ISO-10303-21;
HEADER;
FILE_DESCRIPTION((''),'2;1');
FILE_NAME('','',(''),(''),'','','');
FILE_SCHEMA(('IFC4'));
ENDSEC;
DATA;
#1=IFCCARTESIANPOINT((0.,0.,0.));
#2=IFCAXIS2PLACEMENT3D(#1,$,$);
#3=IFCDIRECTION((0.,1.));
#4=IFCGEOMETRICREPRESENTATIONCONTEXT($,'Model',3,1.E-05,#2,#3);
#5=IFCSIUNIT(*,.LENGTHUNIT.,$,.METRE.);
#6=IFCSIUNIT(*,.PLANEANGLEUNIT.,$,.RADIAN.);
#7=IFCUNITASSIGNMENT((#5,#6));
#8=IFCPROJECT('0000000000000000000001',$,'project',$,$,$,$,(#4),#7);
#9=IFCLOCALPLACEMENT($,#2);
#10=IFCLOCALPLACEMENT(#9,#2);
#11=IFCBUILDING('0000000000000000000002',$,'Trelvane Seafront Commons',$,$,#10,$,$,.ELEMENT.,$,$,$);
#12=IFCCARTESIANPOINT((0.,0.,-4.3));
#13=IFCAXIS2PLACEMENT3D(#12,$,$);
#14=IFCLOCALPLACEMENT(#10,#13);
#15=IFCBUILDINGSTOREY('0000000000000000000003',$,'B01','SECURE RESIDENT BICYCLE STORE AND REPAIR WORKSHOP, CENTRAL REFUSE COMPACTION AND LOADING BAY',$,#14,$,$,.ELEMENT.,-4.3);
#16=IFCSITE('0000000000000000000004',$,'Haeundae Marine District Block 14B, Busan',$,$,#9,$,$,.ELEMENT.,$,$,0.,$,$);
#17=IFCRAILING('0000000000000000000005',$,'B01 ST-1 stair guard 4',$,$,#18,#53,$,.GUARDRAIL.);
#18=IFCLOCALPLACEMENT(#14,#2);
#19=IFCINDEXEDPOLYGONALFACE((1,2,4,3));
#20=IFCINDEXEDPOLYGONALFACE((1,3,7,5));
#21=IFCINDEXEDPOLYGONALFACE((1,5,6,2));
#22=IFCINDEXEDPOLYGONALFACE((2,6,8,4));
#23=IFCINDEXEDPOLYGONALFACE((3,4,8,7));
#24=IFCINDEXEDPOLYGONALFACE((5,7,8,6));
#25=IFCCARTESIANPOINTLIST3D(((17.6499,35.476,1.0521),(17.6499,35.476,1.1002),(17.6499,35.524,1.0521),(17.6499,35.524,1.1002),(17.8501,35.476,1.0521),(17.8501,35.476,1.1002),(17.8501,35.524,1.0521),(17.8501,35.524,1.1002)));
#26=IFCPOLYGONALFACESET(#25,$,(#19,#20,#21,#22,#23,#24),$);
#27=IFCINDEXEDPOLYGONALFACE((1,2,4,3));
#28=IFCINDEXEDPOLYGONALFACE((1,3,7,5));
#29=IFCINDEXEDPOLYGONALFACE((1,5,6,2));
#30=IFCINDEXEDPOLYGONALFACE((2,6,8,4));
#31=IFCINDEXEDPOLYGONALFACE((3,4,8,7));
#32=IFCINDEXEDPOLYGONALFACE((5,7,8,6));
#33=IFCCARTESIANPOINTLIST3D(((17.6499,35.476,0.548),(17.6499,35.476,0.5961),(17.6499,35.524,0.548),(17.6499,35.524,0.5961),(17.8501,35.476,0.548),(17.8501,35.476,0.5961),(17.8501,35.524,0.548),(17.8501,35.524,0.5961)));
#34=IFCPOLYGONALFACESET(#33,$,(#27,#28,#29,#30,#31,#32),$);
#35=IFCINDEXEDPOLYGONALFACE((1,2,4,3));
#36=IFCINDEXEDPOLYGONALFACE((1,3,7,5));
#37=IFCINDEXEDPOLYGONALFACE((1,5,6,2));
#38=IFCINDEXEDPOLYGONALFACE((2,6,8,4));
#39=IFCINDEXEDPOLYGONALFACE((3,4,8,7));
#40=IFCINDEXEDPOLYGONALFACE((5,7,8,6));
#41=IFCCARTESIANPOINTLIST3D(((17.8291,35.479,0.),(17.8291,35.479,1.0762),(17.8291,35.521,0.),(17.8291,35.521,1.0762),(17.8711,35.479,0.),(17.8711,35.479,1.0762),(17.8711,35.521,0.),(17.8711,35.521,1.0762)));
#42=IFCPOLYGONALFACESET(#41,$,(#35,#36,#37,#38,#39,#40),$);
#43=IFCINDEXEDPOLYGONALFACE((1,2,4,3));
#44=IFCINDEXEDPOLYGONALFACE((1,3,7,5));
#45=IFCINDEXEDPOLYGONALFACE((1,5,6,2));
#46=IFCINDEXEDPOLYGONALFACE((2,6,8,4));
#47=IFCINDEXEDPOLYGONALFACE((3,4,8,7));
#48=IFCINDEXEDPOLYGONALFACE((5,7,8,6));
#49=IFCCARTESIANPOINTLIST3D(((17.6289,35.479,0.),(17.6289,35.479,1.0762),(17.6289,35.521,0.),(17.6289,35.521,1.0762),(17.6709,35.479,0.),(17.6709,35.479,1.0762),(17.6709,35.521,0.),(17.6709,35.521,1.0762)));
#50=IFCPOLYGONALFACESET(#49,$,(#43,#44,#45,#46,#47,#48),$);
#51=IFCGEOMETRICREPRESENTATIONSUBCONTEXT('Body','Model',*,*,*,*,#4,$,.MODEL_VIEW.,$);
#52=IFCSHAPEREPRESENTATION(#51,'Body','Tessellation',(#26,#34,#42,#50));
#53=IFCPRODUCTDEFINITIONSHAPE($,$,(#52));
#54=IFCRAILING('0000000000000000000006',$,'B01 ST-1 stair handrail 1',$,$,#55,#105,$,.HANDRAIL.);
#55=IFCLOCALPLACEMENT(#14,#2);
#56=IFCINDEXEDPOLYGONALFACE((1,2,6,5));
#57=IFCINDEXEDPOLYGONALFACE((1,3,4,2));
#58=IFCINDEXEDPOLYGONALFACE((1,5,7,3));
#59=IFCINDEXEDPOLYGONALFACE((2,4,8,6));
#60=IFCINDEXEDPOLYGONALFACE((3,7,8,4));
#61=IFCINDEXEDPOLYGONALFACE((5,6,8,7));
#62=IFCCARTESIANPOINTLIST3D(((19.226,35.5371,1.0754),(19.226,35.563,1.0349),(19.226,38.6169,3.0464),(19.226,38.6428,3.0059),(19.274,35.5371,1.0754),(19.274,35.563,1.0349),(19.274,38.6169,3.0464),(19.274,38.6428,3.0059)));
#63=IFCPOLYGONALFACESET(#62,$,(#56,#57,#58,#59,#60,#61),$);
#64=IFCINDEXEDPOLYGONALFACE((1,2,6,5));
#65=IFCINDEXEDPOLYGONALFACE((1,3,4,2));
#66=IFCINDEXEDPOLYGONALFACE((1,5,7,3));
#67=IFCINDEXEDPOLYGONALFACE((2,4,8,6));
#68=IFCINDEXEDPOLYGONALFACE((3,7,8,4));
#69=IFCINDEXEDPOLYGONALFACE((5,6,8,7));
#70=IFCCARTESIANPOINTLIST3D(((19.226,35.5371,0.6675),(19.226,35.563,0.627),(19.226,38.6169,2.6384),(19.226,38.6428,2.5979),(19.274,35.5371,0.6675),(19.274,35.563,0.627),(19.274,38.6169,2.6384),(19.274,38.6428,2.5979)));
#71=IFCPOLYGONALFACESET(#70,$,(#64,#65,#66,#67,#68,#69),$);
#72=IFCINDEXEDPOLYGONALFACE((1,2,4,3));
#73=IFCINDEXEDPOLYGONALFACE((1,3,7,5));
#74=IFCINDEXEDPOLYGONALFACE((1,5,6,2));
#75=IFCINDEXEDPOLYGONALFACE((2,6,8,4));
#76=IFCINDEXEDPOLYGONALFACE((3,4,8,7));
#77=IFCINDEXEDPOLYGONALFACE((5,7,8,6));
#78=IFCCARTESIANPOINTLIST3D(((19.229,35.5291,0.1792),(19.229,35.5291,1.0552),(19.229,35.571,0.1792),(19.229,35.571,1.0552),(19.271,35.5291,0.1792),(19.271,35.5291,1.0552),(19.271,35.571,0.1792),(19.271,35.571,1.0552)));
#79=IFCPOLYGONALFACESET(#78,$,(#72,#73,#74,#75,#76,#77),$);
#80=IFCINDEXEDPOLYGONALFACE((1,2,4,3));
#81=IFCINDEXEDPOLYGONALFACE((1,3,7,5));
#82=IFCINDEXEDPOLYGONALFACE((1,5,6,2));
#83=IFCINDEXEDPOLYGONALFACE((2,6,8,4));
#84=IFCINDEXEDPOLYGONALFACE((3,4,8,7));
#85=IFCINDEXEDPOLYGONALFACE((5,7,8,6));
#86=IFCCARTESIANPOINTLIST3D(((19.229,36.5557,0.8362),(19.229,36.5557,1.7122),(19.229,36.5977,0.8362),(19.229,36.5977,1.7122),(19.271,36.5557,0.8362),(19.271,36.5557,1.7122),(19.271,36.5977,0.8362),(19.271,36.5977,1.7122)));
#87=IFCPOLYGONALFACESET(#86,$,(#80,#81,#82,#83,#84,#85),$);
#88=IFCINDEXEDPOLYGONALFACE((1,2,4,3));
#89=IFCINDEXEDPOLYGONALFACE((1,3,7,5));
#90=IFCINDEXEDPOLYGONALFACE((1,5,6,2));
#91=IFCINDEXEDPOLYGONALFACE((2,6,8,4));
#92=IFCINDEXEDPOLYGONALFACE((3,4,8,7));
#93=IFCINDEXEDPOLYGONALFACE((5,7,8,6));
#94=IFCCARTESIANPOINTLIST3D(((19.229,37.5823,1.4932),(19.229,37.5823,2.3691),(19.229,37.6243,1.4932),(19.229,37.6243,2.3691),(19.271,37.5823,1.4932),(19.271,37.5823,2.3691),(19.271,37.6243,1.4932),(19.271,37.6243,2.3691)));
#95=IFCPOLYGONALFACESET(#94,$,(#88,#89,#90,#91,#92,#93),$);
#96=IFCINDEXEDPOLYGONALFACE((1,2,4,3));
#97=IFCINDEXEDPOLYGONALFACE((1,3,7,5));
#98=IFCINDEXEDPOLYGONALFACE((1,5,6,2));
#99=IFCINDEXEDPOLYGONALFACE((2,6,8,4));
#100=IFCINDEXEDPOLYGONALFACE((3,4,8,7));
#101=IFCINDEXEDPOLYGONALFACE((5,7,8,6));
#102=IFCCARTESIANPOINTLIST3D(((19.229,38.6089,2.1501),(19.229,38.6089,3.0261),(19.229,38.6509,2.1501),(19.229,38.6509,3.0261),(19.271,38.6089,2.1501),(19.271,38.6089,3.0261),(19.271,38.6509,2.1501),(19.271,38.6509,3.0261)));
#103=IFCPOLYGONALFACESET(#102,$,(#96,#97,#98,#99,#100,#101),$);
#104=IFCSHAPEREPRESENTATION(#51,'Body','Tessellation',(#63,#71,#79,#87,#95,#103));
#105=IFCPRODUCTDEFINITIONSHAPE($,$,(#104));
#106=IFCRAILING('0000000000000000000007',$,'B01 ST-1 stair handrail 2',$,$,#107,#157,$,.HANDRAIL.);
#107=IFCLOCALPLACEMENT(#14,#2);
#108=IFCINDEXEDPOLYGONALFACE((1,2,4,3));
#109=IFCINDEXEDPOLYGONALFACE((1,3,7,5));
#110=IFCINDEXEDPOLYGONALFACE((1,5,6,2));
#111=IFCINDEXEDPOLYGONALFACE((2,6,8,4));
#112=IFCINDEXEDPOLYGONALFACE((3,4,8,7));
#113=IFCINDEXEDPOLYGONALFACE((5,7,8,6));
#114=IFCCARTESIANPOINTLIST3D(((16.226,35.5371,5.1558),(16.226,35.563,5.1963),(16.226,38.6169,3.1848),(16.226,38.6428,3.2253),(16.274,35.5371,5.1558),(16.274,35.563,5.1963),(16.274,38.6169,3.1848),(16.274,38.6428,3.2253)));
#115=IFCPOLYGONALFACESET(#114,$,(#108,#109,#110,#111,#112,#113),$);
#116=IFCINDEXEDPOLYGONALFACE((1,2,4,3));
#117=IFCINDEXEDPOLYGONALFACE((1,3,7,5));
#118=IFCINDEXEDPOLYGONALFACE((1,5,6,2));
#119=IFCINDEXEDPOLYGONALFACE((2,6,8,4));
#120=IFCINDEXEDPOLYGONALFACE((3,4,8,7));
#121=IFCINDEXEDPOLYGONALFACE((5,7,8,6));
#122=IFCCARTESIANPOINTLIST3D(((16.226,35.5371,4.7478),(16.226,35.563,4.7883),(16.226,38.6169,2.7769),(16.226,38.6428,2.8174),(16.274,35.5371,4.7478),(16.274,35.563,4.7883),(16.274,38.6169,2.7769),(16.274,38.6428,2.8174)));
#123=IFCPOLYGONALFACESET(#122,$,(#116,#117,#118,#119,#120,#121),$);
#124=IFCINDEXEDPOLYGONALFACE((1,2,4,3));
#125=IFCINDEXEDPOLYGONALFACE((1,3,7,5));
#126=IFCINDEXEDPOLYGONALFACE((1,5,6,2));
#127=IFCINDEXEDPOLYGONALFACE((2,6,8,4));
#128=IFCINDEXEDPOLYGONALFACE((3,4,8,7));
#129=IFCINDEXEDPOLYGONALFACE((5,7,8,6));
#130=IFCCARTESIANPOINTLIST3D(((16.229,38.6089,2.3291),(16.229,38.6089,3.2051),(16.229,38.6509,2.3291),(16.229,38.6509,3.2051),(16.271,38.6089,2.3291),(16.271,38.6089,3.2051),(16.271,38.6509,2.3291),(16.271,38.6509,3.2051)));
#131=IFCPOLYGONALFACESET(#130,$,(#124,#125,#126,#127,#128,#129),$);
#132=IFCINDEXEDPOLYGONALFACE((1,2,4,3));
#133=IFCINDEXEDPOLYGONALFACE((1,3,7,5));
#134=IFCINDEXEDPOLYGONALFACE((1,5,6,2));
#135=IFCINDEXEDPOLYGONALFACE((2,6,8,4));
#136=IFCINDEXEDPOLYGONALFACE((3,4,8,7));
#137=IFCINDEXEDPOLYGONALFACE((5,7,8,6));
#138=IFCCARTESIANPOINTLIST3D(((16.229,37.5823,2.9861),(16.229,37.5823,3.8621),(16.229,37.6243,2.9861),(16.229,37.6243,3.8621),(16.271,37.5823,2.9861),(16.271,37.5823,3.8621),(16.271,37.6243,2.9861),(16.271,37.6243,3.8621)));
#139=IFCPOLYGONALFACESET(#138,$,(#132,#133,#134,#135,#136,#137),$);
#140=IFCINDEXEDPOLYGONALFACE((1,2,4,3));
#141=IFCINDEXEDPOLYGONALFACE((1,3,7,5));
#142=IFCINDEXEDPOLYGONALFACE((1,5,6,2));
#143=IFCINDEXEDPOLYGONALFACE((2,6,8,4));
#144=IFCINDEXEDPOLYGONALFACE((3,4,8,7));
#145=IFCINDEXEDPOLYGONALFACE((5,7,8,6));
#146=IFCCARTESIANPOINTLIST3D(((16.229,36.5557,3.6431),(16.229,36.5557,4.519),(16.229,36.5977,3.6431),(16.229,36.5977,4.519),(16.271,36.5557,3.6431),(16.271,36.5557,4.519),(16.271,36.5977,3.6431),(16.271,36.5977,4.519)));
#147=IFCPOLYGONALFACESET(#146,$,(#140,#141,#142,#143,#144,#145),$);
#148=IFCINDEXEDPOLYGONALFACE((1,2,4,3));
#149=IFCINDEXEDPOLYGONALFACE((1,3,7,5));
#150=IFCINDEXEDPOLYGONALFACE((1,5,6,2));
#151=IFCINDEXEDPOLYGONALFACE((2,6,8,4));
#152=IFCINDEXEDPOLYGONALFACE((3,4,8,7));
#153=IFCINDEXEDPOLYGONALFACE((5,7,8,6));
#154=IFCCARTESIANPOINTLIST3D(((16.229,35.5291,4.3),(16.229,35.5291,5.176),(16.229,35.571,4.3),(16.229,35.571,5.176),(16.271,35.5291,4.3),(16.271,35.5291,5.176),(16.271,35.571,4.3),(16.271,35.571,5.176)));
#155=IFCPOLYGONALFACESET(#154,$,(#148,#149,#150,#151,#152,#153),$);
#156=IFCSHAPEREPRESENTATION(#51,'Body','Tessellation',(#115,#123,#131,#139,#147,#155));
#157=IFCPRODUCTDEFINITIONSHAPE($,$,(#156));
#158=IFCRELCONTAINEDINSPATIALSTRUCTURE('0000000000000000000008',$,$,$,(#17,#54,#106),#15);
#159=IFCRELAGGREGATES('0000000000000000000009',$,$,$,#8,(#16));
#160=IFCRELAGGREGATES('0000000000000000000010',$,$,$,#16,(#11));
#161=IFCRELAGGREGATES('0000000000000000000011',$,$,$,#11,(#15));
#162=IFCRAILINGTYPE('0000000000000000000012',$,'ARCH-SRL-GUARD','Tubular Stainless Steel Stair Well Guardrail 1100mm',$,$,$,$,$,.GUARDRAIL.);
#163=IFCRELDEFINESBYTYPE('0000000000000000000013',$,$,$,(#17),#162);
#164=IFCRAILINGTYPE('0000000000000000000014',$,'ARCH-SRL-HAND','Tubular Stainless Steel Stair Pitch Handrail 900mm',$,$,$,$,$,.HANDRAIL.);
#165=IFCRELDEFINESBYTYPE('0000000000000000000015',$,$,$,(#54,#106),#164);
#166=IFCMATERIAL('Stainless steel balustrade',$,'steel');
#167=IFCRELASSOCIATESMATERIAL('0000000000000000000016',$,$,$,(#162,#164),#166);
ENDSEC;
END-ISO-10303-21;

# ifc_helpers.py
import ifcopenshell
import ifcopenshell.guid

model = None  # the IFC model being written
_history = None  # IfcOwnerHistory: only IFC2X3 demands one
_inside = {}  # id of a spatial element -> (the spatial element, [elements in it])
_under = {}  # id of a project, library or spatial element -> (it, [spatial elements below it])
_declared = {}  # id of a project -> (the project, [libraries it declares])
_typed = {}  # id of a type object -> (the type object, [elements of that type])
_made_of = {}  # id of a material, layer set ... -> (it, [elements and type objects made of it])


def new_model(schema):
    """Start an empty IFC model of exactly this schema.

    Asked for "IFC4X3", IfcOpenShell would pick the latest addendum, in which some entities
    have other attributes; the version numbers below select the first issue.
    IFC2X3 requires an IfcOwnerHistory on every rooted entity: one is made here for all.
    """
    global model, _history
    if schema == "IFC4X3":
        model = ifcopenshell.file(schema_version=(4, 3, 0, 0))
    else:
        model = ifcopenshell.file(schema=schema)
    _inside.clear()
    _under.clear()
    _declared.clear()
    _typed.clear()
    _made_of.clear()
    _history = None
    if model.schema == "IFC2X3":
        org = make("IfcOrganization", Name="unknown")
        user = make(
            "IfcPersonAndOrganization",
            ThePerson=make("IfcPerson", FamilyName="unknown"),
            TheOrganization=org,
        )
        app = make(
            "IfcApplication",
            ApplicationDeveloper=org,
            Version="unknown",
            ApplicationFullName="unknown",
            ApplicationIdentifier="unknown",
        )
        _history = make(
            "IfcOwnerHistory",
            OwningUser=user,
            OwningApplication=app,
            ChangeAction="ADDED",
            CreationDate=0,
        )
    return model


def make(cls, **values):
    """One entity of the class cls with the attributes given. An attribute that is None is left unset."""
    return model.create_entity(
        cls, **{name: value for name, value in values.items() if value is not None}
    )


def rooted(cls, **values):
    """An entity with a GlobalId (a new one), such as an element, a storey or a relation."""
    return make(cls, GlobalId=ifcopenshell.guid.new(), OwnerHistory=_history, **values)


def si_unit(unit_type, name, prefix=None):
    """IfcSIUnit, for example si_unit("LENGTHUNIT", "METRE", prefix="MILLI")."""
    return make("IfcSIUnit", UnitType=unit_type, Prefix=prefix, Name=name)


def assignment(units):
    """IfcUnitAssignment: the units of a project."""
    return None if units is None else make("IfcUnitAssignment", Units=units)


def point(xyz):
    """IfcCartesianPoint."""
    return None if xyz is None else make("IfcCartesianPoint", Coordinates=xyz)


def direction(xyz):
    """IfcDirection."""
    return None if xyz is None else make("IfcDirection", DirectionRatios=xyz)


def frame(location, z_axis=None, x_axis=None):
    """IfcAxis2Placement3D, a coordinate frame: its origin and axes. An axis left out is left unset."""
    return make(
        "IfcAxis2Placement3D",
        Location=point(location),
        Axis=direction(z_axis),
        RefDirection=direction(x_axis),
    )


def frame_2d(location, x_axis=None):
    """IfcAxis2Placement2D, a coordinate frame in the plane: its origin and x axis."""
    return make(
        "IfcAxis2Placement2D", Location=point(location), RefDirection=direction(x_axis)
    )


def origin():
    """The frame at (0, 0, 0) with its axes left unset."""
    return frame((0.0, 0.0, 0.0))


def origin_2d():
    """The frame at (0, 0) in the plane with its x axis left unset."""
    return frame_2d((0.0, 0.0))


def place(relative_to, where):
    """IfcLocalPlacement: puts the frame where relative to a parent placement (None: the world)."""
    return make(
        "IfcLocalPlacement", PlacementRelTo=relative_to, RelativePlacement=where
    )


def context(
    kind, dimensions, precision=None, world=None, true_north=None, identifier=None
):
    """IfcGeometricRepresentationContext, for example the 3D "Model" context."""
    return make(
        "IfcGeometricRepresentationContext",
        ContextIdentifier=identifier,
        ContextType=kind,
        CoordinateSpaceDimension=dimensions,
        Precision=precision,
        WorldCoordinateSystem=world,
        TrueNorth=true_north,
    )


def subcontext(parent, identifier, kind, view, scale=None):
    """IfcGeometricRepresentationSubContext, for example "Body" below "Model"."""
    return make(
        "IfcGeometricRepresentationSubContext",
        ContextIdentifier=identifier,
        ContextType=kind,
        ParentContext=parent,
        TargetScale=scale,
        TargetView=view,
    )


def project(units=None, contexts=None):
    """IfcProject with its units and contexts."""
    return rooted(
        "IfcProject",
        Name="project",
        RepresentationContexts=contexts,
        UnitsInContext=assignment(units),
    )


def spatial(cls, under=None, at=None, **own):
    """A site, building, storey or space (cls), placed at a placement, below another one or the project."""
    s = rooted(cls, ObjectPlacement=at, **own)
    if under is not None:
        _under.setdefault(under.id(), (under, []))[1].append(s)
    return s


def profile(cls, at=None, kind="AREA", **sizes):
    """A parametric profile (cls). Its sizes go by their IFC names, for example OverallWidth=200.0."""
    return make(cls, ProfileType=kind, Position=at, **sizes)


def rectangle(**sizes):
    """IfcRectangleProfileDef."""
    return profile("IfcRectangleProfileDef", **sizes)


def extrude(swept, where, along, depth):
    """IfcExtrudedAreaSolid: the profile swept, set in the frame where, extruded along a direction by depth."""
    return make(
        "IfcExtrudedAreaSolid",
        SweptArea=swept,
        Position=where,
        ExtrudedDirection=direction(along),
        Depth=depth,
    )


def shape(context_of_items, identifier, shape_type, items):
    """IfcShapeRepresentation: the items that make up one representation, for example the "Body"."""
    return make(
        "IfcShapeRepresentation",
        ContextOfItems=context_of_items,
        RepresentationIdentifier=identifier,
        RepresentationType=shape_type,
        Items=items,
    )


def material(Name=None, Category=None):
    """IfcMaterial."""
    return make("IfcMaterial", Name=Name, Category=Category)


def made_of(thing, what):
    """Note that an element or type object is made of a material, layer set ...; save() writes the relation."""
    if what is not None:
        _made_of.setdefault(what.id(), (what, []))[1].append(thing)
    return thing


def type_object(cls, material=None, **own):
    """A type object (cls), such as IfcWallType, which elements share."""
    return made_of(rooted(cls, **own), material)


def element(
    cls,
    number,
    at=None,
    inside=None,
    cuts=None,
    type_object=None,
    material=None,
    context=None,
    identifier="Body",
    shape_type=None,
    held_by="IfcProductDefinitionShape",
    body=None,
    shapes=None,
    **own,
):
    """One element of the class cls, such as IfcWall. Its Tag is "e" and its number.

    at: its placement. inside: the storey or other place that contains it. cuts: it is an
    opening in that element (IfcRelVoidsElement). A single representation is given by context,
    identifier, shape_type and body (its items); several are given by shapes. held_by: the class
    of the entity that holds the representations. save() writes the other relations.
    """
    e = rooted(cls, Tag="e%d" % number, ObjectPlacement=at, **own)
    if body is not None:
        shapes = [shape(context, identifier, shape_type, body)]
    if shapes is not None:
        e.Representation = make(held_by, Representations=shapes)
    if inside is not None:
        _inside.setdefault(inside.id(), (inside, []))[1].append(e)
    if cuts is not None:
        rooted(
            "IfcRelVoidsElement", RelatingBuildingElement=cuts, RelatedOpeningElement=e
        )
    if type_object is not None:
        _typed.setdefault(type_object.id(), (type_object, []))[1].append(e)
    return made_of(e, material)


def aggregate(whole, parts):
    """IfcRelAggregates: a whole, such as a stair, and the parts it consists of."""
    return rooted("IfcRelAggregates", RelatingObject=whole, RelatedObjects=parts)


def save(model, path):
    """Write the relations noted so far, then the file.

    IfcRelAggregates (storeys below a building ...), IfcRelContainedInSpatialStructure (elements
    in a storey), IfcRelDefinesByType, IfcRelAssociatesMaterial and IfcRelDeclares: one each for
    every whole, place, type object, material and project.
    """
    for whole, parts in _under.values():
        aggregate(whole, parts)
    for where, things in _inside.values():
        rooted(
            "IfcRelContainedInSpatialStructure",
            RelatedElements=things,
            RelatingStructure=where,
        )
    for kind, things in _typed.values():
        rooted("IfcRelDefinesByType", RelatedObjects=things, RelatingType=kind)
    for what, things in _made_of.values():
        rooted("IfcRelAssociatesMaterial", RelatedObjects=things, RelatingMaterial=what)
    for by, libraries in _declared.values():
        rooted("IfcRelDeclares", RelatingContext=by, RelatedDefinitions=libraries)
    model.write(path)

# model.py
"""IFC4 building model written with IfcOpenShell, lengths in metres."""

from ifc_helpers import new_model, si_unit, direction, frame, origin, origin_2d, place, context, subcontext, project, spatial, rectangle, extrude, material, type_object, element, save


model = new_model("IFC4")

# Units and contexts
model_context = context("Model", 3, precision=1e-05, world=origin(), true_north=direction((0.0, 1.0)))
body_context = subcontext(model_context, "Body", "Model", "MODEL_VIEW")
ifc_project = project(units=[si_unit("LENGTHUNIT", "METRE"), si_unit("PLANEANGLEUNIT", "RADIAN")], contexts=[model_context])

# Site, building, storey
site_placement = place(None, origin())
site = spatial("IfcSite", under=ifc_project, at=site_placement, Name="Haeundae Marine District Block 14B, Busan", CompositionType="ELEMENT", RefElevation=0.0)
building_placement = place(site_placement, origin())
building = spatial("IfcBuilding", under=site, at=building_placement, Name="Trelvane Seafront Commons", CompositionType="ELEMENT")
storey_placement = place(building_placement, frame((0.0, 0.0, -4.3)))
storey = spatial("IfcBuildingStorey", under=building, at=storey_placement, Name="B01", Description="SECURE RESIDENT BICYCLE STORE AND REPAIR WORKSHOP, CENTRAL REFUSE COMPACTION AND LOADING BAY", CompositionType="ELEMENT", Elevation=-4.3)

# Shared definitions
ifc_material_1 = material(Name="Stainless steel balustrade", Category="steel")

# Railings
railing_type_1 = type_object("IfcRailingType", Name="ARCH-SRL-GUARD", Description="Tubular Stainless Steel Stair Well Guardrail 1100mm", PredefinedType="GUARDRAIL", material=ifc_material_1)
railing_1_placement = place(storey_placement, frame((17.8501, 35.5, 0.0)))
element("IfcRailing", 1, at=railing_1_placement, inside=storey, type_object=railing_type_1, Name="B01 ST-1 stair guard 4", PredefinedType="GUARDRAIL", context=body_context, shape_type="SweptSolid", body=[
    extrude(rectangle(XDim=0.0481, YDim=0.0481, at=origin_2d()), frame((0.0, 0.0, 1.0762), z_axis=(-1.0, 0.0, 0.0), x_axis=(0.0, -1.0, 0.0)), (0.0, 0.0, 1.0), 0.2002),
    extrude(rectangle(XDim=0.0481, YDim=0.0481, at=origin_2d()), frame((0.0, 0.0, 0.572), z_axis=(-1.0, 0.0, 0.0), x_axis=(0.0, -1.0, 0.0)), (0.0, 0.0, 1.0), 0.2002),
    extrude(rectangle(XDim=0.042, YDim=0.042, at=origin_2d()), origin(), (0.0, 0.0, 1.0), 1.0762),
    extrude(rectangle(XDim=0.042, YDim=0.042, at=origin_2d()), frame((-0.2002, 0.0, 0.0)), (0.0, 0.0, 1.0), 1.0762),
])
railing_type_2 = type_object("IfcRailingType", Name="ARCH-SRL-HAND", Description="Tubular Stainless Steel Stair Pitch Handrail 900mm", PredefinedType="HANDRAIL", material=ifc_material_1)
railing_2_placement = place(storey_placement, frame((19.25, 35.55, 0.1792)))
element("IfcRailing", 2, at=railing_2_placement, inside=storey, type_object=railing_type_2, Name="B01 ST-1 stair handrail 1", PredefinedType="HANDRAIL", context=body_context, shape_type="SweptSolid", body=[
    extrude(rectangle(XDim=0.0481, YDim=0.0481, at=origin_2d()), frame((0.0, 0.0, 0.876), z_axis=(0.0, 0.84229, 0.539025), x_axis=(-1.0, 0.0, 0.0)), (0.0, 0.0, 1.0), 3.6565),
    extrude(rectangle(XDim=0.0481, YDim=0.0481, at=origin_2d()), frame((0.0, 0.0, 0.468), z_axis=(0.0, 0.84229, 0.539025), x_axis=(-1.0, 0.0, 0.0)), (0.0, 0.0, 1.0), 3.6565),
    extrude(rectangle(XDim=0.042, YDim=0.042, at=origin_2d()), origin(), (0.0, 0.0, 1.0), 0.876),
    extrude(rectangle(XDim=0.042, YDim=0.042, at=origin_2d()), frame((0.0, 1.0266, 0.657)), (0.0, 0.0, 1.0), 0.876),
    extrude(rectangle(XDim=0.042, YDim=0.042, at=origin_2d()), frame((0.0, 2.0532, 1.314)), (0.0, 0.0, 1.0), 0.876),
    extrude(rectangle(XDim=0.042, YDim=0.042, at=origin_2d()), frame((0.0, 3.0798, 1.9709)), (0.0, 0.0, 1.0), 0.876),
])
railing_3_placement = place(storey_placement, frame((16.25, 38.6299, 2.3291)))
element("IfcRailing", 3, at=railing_3_placement, inside=storey, type_object=railing_type_2, Name="B01 ST-1 stair handrail 2", PredefinedType="HANDRAIL", context=body_context, shape_type="SweptSolid", body=[
    extrude(rectangle(XDim=0.0481, YDim=0.0481, at=origin_2d()), frame((0.0, 0.0, 0.876), z_axis=(0.0, -0.84229, 0.539025), x_axis=(1.0, 0.0, 0.0)), (0.0, 0.0, 1.0), 3.6565),
    extrude(rectangle(XDim=0.0481, YDim=0.0481, at=origin_2d()), frame((0.0, 0.0, 0.468), z_axis=(0.0, -0.84229, 0.539025), x_axis=(1.0, 0.0, 0.0)), (0.0, 0.0, 1.0), 3.6565),
    extrude(rectangle(XDim=0.042, YDim=0.042, at=origin_2d()), origin(), (0.0, 0.0, 1.0), 0.876),
    extrude(rectangle(XDim=0.042, YDim=0.042, at=origin_2d()), frame((0.0, -1.0266, 0.657)), (0.0, 0.0, 1.0), 0.876),
    extrude(rectangle(XDim=0.042, YDim=0.042, at=origin_2d()), frame((0.0, -2.0532, 1.314)), (0.0, 0.0, 1.0), 0.876),
    extrude(rectangle(XDim=0.042, YDim=0.042, at=origin_2d()), frame((0.0, -3.0798, 1.9709)), (0.0, 0.0, 1.0), 0.876),
])

save(model, "model.ifc")
